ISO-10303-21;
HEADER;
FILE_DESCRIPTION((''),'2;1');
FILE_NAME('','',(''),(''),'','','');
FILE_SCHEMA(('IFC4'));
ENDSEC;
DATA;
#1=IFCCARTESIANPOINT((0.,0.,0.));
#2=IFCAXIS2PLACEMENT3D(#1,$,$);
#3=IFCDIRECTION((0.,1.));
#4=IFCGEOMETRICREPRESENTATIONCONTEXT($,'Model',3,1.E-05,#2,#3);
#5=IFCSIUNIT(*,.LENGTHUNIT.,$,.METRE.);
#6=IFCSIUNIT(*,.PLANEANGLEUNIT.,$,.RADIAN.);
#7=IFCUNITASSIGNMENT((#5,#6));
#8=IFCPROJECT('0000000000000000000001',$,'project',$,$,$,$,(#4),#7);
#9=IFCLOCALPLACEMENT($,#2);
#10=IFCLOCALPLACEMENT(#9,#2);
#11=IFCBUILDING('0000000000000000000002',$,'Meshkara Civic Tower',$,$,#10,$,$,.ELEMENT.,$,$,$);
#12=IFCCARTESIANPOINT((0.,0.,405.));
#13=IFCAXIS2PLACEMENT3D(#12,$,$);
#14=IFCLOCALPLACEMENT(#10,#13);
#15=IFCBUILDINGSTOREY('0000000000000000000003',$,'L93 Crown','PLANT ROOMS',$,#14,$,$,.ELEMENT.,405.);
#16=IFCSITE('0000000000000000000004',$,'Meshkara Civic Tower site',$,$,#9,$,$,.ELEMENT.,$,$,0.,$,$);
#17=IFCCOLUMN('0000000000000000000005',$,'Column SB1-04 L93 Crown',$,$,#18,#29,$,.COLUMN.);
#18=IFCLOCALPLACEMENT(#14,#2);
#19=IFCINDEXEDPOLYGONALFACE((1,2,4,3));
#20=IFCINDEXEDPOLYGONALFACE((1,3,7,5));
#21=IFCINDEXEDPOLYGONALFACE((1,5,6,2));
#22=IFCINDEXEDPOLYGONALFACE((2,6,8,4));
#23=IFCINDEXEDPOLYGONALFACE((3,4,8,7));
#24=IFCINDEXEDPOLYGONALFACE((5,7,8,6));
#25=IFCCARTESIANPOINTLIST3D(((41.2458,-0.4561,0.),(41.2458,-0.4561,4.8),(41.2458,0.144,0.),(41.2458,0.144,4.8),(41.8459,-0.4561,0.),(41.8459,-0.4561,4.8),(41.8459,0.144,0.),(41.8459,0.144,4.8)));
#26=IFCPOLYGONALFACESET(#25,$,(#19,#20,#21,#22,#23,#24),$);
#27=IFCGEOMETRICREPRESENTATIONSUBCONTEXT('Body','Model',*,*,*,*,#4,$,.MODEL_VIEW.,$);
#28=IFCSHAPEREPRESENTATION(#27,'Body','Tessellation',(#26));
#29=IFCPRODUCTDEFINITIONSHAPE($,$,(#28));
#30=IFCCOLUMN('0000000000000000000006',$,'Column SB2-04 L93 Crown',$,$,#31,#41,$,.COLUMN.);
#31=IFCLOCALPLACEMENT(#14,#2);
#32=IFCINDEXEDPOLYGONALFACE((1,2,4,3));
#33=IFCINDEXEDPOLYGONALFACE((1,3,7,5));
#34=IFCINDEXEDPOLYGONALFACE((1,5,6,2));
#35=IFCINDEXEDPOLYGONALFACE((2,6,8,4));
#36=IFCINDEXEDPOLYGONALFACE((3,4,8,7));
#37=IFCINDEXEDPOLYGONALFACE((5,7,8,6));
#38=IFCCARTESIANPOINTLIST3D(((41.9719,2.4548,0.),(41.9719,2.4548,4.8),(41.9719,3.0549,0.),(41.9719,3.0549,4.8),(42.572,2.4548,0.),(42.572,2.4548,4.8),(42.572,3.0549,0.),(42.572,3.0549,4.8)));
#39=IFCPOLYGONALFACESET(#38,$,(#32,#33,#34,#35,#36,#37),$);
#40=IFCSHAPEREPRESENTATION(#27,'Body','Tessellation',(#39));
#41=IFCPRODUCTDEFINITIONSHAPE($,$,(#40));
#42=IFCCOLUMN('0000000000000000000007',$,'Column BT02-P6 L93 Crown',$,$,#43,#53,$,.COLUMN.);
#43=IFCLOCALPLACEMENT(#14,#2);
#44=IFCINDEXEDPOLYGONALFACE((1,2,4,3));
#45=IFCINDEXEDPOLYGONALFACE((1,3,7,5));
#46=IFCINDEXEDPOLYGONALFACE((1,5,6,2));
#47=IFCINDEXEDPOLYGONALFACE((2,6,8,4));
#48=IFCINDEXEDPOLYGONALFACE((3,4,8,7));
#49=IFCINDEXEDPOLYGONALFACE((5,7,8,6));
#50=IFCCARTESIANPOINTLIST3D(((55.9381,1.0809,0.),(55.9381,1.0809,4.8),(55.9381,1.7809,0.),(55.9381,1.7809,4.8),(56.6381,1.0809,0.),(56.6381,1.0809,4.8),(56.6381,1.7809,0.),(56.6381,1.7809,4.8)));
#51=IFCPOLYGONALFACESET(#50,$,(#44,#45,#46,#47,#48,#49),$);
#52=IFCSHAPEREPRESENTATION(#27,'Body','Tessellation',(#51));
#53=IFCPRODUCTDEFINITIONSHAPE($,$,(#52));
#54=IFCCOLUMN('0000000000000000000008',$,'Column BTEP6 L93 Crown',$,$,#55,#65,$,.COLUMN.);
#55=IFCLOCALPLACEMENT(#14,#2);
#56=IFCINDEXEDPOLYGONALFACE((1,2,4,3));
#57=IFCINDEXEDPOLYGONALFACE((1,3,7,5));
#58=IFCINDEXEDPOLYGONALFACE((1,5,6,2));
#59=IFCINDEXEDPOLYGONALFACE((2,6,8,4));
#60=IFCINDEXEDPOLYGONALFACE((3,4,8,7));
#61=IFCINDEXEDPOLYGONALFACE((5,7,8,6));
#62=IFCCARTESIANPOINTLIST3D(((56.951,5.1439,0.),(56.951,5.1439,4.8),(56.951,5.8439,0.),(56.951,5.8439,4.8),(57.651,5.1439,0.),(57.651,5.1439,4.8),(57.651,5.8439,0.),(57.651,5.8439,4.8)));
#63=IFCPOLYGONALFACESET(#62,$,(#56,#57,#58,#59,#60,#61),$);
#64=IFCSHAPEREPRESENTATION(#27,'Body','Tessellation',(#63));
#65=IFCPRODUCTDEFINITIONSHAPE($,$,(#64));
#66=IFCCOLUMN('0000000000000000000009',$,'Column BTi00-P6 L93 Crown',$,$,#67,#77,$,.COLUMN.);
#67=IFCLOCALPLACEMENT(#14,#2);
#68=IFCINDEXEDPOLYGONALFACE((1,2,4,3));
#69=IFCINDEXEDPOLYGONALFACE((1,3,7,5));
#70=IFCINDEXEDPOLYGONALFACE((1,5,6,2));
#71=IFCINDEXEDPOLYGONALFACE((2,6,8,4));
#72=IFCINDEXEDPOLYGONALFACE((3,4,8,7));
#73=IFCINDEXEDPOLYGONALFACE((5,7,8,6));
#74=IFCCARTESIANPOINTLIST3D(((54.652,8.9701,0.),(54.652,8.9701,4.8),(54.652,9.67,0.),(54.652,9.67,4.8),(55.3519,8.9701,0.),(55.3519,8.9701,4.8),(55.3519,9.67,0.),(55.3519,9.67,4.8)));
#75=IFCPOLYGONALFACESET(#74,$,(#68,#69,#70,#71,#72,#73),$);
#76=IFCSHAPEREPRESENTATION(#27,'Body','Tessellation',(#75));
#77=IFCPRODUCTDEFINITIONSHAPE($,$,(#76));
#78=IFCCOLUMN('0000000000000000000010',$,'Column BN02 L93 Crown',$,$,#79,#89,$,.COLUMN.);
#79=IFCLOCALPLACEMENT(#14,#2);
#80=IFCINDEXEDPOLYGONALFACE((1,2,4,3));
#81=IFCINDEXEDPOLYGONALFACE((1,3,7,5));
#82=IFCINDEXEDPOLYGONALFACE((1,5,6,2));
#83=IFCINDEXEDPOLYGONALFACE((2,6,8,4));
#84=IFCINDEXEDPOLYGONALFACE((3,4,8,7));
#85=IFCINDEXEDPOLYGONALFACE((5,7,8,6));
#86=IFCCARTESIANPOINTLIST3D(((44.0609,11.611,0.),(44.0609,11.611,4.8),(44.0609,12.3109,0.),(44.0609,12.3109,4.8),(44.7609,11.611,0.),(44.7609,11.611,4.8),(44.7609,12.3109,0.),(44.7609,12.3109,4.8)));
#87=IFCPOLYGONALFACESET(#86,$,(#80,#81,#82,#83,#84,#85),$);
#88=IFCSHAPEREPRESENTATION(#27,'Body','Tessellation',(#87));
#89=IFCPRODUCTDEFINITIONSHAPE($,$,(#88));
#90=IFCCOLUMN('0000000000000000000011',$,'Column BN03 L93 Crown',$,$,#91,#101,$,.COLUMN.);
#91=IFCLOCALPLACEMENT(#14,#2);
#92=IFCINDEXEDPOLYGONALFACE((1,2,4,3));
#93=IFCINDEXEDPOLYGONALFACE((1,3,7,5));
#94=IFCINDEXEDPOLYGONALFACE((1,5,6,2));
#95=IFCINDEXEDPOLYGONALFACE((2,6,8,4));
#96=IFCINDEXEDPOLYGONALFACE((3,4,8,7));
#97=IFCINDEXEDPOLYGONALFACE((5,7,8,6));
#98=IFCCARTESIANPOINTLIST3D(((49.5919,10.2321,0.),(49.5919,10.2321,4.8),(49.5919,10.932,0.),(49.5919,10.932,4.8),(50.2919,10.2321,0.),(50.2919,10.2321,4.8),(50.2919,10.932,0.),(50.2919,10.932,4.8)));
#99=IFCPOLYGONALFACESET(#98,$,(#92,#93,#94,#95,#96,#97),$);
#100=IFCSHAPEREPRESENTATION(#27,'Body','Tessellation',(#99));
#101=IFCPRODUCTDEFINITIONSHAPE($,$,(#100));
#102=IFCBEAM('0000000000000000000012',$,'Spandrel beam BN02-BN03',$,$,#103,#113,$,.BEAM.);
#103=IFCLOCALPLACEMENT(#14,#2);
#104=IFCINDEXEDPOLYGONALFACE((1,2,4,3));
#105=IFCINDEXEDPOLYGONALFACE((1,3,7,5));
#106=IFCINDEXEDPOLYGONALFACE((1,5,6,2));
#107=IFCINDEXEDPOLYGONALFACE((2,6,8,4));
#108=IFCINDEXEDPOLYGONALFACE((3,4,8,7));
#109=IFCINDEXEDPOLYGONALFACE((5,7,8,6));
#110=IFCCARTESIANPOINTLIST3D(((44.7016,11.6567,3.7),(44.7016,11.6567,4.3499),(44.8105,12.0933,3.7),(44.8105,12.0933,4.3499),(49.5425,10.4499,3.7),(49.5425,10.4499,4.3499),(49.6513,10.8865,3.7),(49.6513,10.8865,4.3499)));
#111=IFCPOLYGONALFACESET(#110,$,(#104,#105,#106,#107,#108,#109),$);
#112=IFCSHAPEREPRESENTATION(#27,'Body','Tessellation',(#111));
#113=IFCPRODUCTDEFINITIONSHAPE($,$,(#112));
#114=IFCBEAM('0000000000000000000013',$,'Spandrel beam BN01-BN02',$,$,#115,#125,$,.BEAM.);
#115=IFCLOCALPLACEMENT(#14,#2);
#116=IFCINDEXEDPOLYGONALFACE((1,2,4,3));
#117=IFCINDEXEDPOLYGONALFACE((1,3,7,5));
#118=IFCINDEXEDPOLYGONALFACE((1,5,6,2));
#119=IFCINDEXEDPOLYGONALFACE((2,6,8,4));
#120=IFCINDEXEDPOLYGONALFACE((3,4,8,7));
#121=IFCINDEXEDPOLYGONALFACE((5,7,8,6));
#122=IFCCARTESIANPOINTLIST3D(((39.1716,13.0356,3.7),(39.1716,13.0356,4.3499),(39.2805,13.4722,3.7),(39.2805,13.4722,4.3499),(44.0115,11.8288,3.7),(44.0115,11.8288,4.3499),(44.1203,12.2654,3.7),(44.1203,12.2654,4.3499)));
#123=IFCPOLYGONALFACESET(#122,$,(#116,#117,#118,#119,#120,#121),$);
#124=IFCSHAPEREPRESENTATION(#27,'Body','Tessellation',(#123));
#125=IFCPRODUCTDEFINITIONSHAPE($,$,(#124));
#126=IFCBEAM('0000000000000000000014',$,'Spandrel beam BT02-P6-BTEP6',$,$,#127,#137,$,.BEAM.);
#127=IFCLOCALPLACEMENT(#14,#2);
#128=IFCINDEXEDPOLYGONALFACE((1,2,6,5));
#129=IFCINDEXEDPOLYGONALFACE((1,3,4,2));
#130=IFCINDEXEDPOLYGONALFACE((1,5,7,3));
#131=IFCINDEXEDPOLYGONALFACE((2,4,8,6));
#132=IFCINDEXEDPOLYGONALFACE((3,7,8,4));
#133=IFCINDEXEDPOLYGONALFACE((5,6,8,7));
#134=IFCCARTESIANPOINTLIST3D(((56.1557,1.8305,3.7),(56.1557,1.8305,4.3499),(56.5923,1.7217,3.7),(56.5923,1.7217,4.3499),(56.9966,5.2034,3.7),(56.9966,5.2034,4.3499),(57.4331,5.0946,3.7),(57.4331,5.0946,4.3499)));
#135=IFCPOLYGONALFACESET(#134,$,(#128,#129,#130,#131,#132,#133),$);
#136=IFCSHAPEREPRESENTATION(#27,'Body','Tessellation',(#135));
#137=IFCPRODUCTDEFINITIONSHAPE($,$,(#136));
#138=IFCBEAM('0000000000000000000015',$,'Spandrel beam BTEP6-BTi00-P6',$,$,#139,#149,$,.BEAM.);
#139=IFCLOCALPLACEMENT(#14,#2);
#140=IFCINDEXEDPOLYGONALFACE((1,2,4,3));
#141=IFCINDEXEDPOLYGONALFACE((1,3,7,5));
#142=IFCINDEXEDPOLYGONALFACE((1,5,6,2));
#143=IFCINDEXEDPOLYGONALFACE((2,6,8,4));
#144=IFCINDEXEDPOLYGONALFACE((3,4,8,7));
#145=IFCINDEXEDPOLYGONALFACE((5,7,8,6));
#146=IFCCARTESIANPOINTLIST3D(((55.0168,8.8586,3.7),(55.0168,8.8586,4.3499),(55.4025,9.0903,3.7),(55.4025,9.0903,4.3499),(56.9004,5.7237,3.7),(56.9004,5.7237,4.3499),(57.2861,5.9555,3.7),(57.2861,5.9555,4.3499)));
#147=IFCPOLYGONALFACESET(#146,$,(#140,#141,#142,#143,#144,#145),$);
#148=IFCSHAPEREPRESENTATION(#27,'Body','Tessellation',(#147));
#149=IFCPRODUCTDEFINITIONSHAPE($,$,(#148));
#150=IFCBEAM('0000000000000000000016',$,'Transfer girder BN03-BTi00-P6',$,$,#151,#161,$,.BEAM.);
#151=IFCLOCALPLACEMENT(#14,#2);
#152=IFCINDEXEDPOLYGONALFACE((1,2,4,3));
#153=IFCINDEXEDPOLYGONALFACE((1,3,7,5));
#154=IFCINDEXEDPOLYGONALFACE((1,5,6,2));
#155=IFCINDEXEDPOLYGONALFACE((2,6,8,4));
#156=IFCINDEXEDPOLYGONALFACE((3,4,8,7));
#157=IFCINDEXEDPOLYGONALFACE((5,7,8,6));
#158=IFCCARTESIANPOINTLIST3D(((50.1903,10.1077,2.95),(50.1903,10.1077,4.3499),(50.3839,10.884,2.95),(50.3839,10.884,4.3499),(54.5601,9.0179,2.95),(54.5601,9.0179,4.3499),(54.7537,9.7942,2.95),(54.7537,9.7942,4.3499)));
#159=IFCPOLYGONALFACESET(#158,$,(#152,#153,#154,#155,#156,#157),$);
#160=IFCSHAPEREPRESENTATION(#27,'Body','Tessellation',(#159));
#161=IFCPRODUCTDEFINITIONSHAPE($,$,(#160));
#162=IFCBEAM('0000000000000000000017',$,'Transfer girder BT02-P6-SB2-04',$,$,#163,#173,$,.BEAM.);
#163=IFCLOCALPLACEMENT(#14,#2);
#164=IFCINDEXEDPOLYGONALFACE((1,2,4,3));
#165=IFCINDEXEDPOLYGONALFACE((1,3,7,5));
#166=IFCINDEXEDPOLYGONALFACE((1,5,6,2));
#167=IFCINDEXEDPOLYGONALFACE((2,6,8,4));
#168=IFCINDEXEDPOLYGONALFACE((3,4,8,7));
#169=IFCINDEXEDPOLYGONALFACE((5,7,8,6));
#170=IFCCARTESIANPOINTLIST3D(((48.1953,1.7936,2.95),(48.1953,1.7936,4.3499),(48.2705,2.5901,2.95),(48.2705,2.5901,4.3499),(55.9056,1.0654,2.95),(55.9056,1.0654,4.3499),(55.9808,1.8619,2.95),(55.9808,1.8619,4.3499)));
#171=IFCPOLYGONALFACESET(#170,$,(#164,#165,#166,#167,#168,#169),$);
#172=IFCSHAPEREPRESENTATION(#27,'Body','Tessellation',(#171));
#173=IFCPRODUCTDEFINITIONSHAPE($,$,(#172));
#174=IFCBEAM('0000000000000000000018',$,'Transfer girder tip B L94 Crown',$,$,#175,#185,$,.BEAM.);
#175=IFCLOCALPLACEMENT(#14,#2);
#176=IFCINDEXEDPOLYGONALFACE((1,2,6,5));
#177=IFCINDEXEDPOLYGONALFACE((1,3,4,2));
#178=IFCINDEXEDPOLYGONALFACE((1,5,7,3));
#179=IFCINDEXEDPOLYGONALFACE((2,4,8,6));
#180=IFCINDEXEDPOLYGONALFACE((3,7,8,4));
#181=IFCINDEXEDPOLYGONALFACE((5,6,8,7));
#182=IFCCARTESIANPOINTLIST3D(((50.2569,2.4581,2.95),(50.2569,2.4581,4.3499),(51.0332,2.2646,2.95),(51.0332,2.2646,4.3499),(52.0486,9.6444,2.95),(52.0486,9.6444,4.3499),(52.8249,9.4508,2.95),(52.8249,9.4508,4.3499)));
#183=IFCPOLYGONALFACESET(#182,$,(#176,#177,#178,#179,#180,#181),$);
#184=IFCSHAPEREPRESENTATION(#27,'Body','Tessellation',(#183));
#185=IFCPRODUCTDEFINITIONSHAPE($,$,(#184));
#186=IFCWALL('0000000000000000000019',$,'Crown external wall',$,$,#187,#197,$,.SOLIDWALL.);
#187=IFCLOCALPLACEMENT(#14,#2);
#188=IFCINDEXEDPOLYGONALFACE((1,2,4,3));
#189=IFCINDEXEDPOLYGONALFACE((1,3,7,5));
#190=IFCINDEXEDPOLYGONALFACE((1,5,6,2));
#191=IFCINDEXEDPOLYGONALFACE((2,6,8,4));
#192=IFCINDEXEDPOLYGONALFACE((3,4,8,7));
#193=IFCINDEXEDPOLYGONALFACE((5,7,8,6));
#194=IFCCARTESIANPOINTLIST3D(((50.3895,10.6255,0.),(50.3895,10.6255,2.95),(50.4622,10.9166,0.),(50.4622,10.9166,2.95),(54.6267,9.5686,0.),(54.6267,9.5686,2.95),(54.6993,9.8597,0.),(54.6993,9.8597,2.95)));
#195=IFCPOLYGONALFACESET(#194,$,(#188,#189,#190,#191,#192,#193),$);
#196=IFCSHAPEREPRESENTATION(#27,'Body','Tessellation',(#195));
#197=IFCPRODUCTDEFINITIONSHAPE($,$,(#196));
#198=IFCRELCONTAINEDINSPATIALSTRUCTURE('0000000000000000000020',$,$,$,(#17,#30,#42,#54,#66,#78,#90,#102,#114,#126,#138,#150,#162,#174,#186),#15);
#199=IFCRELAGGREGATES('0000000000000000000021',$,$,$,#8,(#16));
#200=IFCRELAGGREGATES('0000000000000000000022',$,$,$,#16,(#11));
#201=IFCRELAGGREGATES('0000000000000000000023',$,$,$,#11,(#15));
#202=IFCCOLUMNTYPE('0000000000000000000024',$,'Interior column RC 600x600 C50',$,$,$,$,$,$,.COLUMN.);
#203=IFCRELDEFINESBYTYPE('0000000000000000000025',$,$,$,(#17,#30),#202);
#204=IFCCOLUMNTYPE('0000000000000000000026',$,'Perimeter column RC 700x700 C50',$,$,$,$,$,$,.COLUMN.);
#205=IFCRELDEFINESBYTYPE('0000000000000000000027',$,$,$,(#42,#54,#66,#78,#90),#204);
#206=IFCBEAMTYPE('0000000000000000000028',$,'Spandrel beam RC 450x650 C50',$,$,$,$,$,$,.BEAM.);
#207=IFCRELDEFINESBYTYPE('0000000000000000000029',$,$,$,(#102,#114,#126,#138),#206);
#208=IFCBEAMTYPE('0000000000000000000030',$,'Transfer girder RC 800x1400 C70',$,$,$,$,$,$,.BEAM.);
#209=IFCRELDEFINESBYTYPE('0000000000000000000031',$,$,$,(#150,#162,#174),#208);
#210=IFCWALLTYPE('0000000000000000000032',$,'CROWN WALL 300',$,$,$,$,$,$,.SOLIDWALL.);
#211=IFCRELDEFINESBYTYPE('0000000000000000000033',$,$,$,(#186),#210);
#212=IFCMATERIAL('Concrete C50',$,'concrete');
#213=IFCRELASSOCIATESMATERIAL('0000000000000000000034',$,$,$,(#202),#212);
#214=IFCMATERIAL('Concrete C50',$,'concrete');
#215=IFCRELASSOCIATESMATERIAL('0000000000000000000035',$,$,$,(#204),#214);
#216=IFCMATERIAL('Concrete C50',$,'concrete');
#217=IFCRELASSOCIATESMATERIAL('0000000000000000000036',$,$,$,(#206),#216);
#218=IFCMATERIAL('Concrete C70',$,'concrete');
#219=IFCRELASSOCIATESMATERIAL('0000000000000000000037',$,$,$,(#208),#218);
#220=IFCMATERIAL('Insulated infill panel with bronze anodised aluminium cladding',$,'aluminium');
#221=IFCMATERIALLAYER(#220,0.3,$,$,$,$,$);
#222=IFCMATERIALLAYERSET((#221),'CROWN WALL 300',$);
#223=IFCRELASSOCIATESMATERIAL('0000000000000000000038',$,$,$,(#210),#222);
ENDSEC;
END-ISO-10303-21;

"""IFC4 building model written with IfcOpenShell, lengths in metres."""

from ifc_helpers import new_model, si_unit, direction, frame, frame_2d, origin, origin_2d, place, context, subcontext, project, spatial, rectangle, extrude, material, layer, layer_set, material_profile, profile_set, type_object, element, save


model = new_model("IFC4")

# Units and contexts
model_context = context("Model", 3, precision=1e-05, world=origin(), true_north=direction((0.0, 1.0)))
body_context = subcontext(model_context, "Body", "Model", "MODEL_VIEW")
ifc_project = project(units=[si_unit("LENGTHUNIT", "METRE"), si_unit("PLANEANGLEUNIT", "RADIAN")], contexts=[model_context])

# Site, building, storey
site_placement = place(None, origin())
site = spatial("IfcSite", under=ifc_project, at=site_placement, Name="Meshkara Civic Tower site", CompositionType="ELEMENT", RefElevation=0.0)
building_placement = place(site_placement, origin())
building = spatial("IfcBuilding", under=site, at=building_placement, Name="Meshkara Civic Tower", CompositionType="ELEMENT")
storey_placement = place(building_placement, frame((0.0, 0.0, 405.0)))
storey = spatial("IfcBuildingStorey", under=building, at=storey_placement, Name="L93 Crown", Description="PLANT ROOMS", CompositionType="ELEMENT", Elevation=405.0)

# Columns
ifc_material_1 = material(Name="Concrete C50", Category="concrete")
ifc_material_profile_1 = material_profile(ifc_material_1, rectangle(XDim=0.6001, YDim=0.6001, at=origin_2d()))
ifc_profile_set_1 = profile_set([ifc_material_profile_1], Name="Concrete C50")
column_type_1 = type_object("IfcColumnType", Name="Interior column RC 600x600 C50", PredefinedType="COLUMN", material=ifc_profile_set_1)
for number, where, z_axis, x_axis, name in (
    (1, (41.5459, -0.156, 0.0), (0.0, 0.0, 1.0), (1.0, 0.0, 0.0), "Column SB1-04 L93 Crown"),
    (2, (42.272, 2.7549, 0.0), (0.0, 0.0, 1.0), (1.0, 0.0, 0.0), "Column SB2-04 L93 Crown"),
):
    element("IfcColumn", number, at=place(storey_placement, frame(where, z_axis=z_axis, x_axis=x_axis)), inside=storey, type_object=column_type_1, Name=name, PredefinedType="COLUMN", context=body_context, shape_type="SweptSolid", body=[
        extrude(rectangle(XDim=0.6001, YDim=0.6001, at=origin_2d()), origin(), (0.0, 0.0, 1.0), 4.8),
    ])
ifc_material_2 = material(Name="Concrete C50", Category="concrete")
ifc_material_profile_2 = material_profile(ifc_material_2, rectangle(XDim=0.7, YDim=0.7, at=origin_2d()))
ifc_profile_set_2 = profile_set([ifc_material_profile_2], Name="Concrete C50")
column_type_2 = type_object("IfcColumnType", Name="Perimeter column RC 700x700 C50", PredefinedType="COLUMN", material=ifc_profile_set_2)
for number, where, z_axis, x_axis, name in (
    (3, (56.2881, 1.4309, 0.0), (0.0, 0.0, 1.0), (1.0, 0.0, 0.0), "Column BT02-P6 L93 Crown"),
    (4, (57.301, 5.4939, 0.0), (0.0, 0.0, 1.0), (1.0, 0.0, 0.0), "Column BTEP6 L93 Crown"),
    (5, (55.002, 9.3201, 0.0), (0.0, 0.0, 1.0), (1.0, 0.0, 0.0), "Column BTi00-P6 L93 Crown"),
    (6, (44.4109, 11.9609, 0.0), (0.0, 0.0, 1.0), (1.0, 0.0, 0.0), "Column BN02 L93 Crown"),
    (7, (49.9419, 10.582, 0.0), (0.0, 0.0, 1.0), (1.0, 0.0, 0.0), "Column BN03 L93 Crown"),
):
    element("IfcColumn", number, at=place(storey_placement, frame(where, z_axis=z_axis, x_axis=x_axis)), inside=storey, type_object=column_type_2, Name=name, PredefinedType="COLUMN", context=body_context, shape_type="SweptSolid", body=[
        extrude(rectangle(XDim=0.7, YDim=0.7, at=origin_2d()), origin(), (0.0, 0.0, 1.0), 4.8),
    ])

# Beams
ifc_material_3 = material(Name="Concrete C50", Category="concrete")
ifc_material_profile_3 = material_profile(ifc_material_3, rectangle(XDim=0.45, YDim=0.6499, at=origin_2d()))
ifc_profile_set_3 = profile_set([ifc_material_profile_3], Name="Concrete C50")
beam_type_1 = type_object("IfcBeamType", Name="Spandrel beam RC 450x650 C50", PredefinedType="BEAM", material=ifc_profile_set_3)
beam_1_placement = place(storey_placement, frame((49.5969, 10.6682, 4.0249), z_axis=(-0.970303, 0.241891, 0.0), x_axis=(-0.241891, -0.970303, 0.0)))
element("IfcBeam", 8, at=beam_1_placement, inside=storey, type_object=beam_type_1, Name="Spandrel beam BN02-BN03", PredefinedType="BEAM", context=body_context, shape_type="SweptSolid", body=[
    extrude(rectangle(XDim=0.45, YDim=0.6499, at=origin_2d()), origin(), (0.0, 0.0, 1.0), 4.989),
])
beam_2_placement = place(storey_placement, frame((44.0659, 12.0471, 4.0249), z_axis=(-0.970292, 0.241937, 0.0), x_axis=(-0.241937, -0.970292, 0.0)))
element("IfcBeam", 9, at=beam_2_placement, inside=storey, type_object=beam_type_1, Name="Spandrel beam BN01-BN02", PredefinedType="BEAM", context=body_context, shape_type="SweptSolid", body=[
    extrude(rectangle(XDim=0.45, YDim=0.6499, at=origin_2d()), origin(), (0.0, 0.0, 1.0), 4.988),
])
beam_3_placement = place(storey_placement, frame((56.374, 1.7761, 4.0249), z_axis=(0.241891, 0.970303, 0.0), x_axis=(-0.970303, 0.241891, 0.0)))
element("IfcBeam", 10, at=beam_3_placement, inside=storey, type_object=beam_type_1, Name="Spandrel beam BT02-P6-BTEP6", PredefinedType="BEAM", context=body_context, shape_type="SweptSolid", body=[
    extrude(rectangle(XDim=0.45, YDim=0.6499, at=origin_2d()), origin(), (0.0, 0.0, 1.0), 3.4761),
])
beam_4_placement = place(storey_placement, frame((57.0933, 5.8396, 4.0249), z_axis=(-0.515036, 0.857169, 0.0), x_axis=(-0.857169, -0.515036, 0.0)))
element("IfcBeam", 11, at=beam_4_placement, inside=storey, type_object=beam_type_1, Name="Spandrel beam BTEP6-BTi00-P6", PredefinedType="BEAM", context=body_context, shape_type="SweptSolid", body=[
    extrude(rectangle(XDim=0.45, YDim=0.6499, at=origin_2d()), origin(), (0.0, 0.0, 1.0), 3.6572),
])
ifc_material_4 = material(Name="Concrete C70", Category="concrete")
ifc_material_profile_4 = material_profile(ifc_material_4, rectangle(XDim=0.8, YDim=1.3999, at=origin_2d()))
ifc_profile_set_4 = profile_set([ifc_material_profile_4], Name="Concrete C70")
beam_type_2 = type_object("IfcBeamType", Name="Transfer girder RC 800x1400 C70", PredefinedType="BEAM", material=ifc_profile_set_4)
beam_5_placement = place(storey_placement, frame((50.2871, 10.4958, 3.6499), z_axis=(0.970279, -0.241987, 0.0), x_axis=(0.241987, 0.970279, 0.0)))
element("IfcBeam", 12, at=beam_5_placement, inside=storey, type_object=beam_type_2, Name="Transfer girder BN03-BTi00-P6", PredefinedType="BEAM", context=body_context, shape_type="SweptSolid", body=[
    extrude(rectangle(XDim=0.8, YDim=1.3999, at=origin_2d()), origin(), (0.0, 0.0, 1.0), 4.5037),
])
beam_6_placement = place(storey_placement, frame((48.2329, 2.1919, 3.6499), z_axis=(0.995569, -0.094037, 0.0), x_axis=(0.094037, 0.995569, 0.0)))
element("IfcBeam", 13, at=beam_6_placement, inside=storey, type_object=beam_type_2, Name="Transfer girder BT02-P6-SB2-04", PredefinedType="BEAM", context=body_context, shape_type="SweptSolid", body=[
    extrude(rectangle(XDim=0.8, YDim=1.3999, at=origin_2d()), origin(), (0.0, 0.0, 1.0), 7.7446),
])
beam_7_placement = place(storey_placement, frame((50.645, 2.3613, 3.6499), z_axis=(0.241923, 0.970295, 0.0), x_axis=(-0.970295, 0.241923, 0.0)))
element("IfcBeam", 14, at=beam_7_placement, inside=storey, type_object=beam_type_2, Name="Transfer girder tip B L94 Crown", PredefinedType="BEAM", context=body_context, shape_type="SweptSolid", body=[
    extrude(rectangle(XDim=0.8, YDim=1.3999, at=origin_2d()), origin(), (0.0, 0.0, 1.0), 7.4062),
])

# Wall
ifc_material_5 = material(Name="Insulated infill panel with bronze anodised aluminium cladding", Category="aluminium")
ifc_layer_1 = layer(ifc_material_5, 0.3)
ifc_layer_set_1 = layer_set([ifc_layer_1], Name="CROWN WALL 300")
wall_type_1 = type_object("IfcWallType", Name="CROWN WALL 300", PredefinedType="SOLIDWALL", material=ifc_layer_set_1)
wall_1_placement = place(storey_placement, frame((54.6631, 9.7141, 0.0), z_axis=(0.0, 0.0, 1.0), x_axis=(-0.970271, 0.242023, 0.0)))
element("IfcWall", 15, at=wall_1_placement, inside=storey, type_object=wall_type_1, Name="Crown external wall", PredefinedType="SOLIDWALL", context=body_context, shape_type="SweptSolid", body=[
    extrude(rectangle(XDim=4.3669, YDim=0.3, at=frame_2d((2.1836, 0.0))), origin(), (0.0, 0.0, 1.0), 2.95),
])

save(model, "model.ifc")
